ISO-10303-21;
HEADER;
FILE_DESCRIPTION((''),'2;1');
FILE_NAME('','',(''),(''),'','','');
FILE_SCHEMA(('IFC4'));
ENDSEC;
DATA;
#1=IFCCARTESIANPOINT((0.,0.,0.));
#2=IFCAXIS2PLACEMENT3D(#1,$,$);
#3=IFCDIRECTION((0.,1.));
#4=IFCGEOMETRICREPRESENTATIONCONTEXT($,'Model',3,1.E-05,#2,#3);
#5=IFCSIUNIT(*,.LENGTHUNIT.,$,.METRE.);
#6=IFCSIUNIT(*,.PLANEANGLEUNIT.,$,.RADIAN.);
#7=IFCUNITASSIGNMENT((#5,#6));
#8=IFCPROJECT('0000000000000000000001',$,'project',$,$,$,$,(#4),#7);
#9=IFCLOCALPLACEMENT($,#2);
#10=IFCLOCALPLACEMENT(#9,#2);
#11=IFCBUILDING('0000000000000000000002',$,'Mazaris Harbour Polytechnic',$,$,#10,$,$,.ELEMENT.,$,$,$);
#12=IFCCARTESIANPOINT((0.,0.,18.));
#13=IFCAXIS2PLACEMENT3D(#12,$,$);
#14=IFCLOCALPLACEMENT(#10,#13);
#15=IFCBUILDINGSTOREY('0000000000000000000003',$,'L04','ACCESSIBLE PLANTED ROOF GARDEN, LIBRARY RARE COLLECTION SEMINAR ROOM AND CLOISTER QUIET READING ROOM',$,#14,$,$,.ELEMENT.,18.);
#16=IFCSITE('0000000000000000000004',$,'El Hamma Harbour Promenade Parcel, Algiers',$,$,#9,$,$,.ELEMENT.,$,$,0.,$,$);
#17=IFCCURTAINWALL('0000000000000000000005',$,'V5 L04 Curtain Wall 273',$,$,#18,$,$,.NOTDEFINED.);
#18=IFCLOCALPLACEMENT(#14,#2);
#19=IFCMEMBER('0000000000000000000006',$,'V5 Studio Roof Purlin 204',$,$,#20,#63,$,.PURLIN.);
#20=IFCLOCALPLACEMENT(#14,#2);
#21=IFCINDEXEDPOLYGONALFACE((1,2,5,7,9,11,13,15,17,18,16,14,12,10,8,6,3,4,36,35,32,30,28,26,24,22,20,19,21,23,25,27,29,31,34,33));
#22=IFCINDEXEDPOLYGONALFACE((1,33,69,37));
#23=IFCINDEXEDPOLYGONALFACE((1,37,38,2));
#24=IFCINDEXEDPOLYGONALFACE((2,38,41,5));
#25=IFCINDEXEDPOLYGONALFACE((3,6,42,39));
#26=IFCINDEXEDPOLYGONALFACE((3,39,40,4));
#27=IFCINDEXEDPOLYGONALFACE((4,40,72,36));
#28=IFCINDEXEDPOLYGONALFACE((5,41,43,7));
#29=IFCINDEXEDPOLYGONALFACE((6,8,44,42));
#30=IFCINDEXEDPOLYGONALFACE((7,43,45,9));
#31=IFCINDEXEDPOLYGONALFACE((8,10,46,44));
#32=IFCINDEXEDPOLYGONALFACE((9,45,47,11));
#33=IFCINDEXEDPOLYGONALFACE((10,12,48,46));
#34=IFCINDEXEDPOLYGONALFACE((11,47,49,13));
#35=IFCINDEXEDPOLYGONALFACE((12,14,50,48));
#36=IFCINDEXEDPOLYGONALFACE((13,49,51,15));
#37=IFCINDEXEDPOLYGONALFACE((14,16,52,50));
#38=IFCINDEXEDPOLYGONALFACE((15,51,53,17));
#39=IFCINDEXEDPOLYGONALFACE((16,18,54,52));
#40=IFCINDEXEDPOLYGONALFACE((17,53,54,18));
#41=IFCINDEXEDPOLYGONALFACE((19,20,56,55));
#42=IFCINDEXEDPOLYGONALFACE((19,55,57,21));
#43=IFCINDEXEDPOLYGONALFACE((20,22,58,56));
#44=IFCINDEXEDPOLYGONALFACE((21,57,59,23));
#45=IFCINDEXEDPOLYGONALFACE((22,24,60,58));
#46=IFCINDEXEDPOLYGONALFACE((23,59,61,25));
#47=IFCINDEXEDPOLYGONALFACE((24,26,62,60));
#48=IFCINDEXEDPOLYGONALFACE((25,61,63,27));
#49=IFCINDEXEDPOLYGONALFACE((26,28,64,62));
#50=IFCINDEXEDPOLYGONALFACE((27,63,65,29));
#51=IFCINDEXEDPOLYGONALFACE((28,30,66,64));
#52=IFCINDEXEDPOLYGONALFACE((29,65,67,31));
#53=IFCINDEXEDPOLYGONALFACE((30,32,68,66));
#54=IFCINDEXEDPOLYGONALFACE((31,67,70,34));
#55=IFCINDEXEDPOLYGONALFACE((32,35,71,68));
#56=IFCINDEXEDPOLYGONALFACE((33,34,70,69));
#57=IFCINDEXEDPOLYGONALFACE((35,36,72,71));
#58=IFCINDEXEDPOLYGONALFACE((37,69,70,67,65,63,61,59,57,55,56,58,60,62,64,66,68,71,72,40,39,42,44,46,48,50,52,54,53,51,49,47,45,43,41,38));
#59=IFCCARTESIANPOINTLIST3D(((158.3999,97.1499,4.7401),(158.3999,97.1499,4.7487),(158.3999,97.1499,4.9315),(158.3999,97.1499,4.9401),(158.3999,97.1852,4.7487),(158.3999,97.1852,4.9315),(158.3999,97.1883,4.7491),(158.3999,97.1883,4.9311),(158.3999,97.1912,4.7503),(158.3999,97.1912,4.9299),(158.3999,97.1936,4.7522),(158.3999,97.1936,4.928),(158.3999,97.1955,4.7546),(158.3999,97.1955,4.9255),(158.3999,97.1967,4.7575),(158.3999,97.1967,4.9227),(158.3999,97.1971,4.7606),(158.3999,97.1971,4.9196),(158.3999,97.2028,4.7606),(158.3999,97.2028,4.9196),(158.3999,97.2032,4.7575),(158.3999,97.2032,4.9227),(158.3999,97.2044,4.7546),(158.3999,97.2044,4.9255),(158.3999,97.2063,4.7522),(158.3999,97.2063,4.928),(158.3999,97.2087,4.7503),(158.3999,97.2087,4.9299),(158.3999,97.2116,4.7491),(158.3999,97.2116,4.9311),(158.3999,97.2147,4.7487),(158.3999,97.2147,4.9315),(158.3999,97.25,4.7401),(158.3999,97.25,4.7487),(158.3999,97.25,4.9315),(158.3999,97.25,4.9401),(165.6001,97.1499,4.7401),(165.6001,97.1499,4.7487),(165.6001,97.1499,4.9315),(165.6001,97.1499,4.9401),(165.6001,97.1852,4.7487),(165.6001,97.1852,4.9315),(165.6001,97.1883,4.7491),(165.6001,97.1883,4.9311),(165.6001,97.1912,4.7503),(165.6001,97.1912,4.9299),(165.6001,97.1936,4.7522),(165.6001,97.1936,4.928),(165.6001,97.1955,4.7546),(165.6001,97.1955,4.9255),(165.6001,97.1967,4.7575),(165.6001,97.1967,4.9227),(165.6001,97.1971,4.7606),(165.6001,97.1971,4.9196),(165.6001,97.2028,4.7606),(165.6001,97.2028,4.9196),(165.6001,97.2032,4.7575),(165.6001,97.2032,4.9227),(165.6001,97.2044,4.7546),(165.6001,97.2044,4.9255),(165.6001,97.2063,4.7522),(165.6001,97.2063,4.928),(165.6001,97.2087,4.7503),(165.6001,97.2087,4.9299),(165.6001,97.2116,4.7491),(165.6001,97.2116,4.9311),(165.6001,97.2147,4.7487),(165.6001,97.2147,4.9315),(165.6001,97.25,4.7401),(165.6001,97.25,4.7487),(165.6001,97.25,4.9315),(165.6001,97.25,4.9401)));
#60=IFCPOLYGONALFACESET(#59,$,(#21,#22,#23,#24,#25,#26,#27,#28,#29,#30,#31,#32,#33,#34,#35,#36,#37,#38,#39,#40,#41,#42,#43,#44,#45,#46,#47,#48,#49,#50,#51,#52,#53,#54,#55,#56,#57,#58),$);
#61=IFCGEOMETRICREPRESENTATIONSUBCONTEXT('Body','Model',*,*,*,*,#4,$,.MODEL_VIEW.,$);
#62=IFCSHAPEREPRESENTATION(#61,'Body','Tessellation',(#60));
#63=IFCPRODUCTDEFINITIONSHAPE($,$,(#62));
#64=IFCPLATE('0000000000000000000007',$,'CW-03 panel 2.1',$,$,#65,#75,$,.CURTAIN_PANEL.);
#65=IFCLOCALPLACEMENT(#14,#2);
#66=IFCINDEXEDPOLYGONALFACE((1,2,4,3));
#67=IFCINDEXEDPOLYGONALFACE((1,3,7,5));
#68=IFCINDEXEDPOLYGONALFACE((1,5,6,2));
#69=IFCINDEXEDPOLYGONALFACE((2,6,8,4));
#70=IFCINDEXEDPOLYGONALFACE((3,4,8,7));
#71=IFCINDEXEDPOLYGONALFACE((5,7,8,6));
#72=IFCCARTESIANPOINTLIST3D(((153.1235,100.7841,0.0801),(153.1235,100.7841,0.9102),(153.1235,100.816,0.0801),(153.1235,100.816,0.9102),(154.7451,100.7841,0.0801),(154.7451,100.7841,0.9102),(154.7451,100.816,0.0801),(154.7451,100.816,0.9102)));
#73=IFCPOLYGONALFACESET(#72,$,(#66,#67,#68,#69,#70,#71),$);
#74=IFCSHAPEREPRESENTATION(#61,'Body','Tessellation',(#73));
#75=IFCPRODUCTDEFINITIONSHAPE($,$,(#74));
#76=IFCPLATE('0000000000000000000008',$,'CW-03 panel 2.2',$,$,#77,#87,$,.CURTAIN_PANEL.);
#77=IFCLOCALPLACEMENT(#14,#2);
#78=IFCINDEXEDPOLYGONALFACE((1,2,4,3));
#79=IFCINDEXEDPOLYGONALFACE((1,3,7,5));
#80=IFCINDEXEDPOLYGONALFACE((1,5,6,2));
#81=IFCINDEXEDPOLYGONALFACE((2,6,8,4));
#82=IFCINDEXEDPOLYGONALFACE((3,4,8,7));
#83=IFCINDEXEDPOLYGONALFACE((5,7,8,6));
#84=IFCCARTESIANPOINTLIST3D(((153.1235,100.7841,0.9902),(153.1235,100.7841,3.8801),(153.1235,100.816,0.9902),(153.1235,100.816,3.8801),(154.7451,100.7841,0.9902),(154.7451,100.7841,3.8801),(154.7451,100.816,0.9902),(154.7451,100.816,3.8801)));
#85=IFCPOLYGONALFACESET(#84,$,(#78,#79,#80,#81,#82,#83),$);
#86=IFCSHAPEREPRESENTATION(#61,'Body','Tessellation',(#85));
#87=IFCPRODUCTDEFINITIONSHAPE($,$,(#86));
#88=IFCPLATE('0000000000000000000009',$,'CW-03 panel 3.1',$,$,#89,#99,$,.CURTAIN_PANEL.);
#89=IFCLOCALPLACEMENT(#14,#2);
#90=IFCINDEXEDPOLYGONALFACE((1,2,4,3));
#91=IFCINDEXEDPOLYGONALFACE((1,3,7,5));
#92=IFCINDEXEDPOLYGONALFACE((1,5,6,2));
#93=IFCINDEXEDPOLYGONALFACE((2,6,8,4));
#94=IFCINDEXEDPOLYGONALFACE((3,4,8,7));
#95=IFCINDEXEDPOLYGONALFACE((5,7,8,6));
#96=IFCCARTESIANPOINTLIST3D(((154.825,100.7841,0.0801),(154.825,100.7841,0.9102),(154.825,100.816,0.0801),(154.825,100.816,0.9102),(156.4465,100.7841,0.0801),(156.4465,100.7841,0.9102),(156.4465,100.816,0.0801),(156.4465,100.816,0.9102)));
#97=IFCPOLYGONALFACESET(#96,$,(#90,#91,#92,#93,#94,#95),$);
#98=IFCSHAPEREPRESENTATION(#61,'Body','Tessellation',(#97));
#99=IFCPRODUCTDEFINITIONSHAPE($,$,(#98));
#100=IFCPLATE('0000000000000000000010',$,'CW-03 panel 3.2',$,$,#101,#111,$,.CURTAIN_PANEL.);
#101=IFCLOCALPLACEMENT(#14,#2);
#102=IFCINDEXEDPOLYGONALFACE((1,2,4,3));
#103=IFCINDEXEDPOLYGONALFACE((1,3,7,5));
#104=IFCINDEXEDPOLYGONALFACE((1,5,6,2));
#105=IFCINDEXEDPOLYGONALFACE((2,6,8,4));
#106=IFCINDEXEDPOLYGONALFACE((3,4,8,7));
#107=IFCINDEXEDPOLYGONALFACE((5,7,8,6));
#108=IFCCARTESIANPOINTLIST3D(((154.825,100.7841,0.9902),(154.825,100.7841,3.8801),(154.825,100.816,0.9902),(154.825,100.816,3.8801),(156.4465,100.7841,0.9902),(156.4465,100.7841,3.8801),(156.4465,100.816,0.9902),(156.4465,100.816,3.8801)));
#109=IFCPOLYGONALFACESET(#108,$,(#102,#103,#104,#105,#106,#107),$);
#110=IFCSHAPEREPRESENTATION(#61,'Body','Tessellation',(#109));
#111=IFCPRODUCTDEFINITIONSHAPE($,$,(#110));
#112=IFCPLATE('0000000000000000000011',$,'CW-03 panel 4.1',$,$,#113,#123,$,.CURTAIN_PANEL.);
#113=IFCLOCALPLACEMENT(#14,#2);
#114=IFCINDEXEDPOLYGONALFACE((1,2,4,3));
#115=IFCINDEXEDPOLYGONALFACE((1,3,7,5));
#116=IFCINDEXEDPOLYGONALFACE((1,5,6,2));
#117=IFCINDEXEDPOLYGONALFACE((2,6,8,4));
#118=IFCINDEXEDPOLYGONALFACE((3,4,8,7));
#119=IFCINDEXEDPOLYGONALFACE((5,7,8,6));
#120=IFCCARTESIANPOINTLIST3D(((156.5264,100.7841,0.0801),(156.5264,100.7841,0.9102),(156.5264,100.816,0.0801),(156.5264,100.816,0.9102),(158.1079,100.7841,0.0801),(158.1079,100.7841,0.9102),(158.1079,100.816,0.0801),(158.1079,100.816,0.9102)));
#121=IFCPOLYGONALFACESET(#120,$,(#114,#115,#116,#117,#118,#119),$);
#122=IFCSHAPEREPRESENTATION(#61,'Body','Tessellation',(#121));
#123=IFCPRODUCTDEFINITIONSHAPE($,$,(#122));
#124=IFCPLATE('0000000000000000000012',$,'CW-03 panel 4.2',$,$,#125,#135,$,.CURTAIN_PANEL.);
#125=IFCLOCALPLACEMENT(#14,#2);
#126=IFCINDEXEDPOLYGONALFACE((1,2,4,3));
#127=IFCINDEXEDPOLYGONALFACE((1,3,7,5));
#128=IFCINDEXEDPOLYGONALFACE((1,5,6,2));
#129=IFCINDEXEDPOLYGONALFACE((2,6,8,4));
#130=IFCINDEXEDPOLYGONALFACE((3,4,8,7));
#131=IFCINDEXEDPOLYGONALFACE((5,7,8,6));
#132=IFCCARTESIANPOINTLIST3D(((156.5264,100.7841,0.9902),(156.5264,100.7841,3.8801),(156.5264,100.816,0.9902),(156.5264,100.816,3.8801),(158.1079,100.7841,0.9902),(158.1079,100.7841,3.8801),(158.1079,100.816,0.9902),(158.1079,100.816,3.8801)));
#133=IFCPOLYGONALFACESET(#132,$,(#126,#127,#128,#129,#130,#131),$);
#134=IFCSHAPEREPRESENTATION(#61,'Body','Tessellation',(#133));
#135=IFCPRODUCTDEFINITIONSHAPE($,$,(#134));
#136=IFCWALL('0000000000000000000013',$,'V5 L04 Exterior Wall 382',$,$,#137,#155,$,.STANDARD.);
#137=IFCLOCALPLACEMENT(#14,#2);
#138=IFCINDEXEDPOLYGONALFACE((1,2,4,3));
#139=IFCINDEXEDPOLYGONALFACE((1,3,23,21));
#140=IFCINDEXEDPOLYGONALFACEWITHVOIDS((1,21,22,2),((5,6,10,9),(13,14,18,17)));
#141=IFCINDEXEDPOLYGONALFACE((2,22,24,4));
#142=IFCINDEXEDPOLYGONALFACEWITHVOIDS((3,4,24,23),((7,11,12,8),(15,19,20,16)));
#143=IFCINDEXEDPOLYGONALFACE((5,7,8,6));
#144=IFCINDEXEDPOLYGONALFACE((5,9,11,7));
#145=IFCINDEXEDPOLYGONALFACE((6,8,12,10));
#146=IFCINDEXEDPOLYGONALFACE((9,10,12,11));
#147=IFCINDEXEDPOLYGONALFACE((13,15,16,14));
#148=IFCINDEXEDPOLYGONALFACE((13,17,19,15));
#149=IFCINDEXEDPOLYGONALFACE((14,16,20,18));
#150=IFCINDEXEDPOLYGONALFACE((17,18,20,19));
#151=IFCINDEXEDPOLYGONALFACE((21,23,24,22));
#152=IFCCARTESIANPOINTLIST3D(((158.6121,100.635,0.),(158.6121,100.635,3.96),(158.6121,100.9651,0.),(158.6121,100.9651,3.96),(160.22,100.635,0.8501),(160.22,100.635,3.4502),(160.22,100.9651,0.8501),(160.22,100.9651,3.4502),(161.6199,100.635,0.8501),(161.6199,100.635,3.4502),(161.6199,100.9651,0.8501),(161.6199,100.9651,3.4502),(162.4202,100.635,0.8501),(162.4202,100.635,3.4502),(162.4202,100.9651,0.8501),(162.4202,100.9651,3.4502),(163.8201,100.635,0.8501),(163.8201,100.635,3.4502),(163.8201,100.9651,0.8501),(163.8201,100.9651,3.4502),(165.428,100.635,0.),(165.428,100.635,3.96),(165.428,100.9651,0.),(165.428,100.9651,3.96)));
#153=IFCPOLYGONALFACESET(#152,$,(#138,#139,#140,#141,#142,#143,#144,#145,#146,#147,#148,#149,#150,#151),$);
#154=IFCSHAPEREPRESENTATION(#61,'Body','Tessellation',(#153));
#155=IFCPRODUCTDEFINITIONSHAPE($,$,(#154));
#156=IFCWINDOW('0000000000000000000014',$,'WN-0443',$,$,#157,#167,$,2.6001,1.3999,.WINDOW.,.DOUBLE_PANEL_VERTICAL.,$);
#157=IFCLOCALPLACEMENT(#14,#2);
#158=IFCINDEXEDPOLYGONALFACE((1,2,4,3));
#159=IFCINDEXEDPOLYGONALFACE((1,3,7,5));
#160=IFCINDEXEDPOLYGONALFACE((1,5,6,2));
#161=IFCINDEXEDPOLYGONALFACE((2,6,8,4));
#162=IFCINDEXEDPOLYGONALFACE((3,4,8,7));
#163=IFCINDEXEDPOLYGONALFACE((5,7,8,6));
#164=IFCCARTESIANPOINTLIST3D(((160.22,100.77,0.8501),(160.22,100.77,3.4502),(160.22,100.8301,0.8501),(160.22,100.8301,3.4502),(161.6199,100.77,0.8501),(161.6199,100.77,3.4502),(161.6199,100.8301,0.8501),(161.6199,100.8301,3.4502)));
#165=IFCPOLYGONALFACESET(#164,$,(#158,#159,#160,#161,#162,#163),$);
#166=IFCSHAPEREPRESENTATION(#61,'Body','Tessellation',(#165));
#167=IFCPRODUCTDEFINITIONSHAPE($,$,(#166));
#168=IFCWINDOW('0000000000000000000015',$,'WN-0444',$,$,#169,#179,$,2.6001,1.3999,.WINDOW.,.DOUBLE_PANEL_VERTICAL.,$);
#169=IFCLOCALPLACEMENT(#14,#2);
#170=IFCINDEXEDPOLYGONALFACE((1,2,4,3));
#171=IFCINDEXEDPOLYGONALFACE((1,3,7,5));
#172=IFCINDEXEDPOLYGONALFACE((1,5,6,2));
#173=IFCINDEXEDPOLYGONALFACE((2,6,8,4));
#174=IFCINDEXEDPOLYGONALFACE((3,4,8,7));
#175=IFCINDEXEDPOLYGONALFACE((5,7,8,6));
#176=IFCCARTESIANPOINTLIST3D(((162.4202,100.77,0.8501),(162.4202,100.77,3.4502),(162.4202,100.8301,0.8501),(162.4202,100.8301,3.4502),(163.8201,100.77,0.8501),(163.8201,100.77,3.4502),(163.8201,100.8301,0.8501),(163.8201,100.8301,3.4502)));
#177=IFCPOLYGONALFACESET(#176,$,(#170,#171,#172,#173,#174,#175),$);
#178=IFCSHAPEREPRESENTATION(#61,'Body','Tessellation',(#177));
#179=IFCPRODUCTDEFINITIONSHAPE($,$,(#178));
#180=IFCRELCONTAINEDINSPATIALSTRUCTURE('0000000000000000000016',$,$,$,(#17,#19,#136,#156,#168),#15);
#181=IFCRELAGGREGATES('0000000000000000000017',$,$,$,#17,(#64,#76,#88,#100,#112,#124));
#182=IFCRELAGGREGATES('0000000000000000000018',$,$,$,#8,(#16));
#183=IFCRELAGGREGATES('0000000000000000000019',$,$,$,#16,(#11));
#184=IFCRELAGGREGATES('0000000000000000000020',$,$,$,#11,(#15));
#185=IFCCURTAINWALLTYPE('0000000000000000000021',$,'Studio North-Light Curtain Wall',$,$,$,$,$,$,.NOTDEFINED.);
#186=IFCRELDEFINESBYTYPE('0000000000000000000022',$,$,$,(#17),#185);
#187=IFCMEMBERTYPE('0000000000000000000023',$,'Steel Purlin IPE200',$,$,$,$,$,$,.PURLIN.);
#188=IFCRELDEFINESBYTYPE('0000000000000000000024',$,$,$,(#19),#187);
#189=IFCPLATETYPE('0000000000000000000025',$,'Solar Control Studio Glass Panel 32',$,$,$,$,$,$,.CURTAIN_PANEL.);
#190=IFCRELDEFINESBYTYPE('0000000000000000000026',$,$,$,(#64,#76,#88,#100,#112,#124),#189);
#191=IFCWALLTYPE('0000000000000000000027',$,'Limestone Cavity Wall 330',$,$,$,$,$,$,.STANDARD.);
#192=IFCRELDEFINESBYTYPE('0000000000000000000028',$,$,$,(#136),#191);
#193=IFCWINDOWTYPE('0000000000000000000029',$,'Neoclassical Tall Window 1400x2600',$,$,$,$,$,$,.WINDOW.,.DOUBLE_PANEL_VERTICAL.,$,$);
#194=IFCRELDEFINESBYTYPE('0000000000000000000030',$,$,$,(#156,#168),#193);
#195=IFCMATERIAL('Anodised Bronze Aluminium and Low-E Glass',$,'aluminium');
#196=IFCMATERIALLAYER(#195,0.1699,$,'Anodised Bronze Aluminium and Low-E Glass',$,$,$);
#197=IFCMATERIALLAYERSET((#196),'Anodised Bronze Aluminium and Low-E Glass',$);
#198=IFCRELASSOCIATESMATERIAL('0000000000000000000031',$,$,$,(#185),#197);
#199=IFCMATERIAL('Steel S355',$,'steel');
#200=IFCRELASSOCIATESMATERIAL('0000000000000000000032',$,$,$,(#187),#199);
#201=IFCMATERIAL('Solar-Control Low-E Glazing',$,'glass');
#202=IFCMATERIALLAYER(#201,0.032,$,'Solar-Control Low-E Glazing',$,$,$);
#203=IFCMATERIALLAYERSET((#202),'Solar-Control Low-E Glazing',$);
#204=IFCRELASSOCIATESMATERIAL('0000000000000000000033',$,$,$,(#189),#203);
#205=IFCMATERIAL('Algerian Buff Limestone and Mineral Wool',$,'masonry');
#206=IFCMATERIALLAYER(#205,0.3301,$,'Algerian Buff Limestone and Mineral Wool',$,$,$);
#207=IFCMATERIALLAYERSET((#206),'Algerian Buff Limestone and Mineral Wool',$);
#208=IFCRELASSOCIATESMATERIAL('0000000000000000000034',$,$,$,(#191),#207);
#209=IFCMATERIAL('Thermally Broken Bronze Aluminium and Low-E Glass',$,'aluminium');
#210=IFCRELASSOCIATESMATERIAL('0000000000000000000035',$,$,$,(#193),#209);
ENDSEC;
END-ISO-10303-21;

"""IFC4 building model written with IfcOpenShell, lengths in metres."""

from ifc_helpers import new_model, si_unit, direction, frame, frame_2d, origin, origin_2d, place, context, subcontext, project, spatial, rectangle, i_section, extrude, material, layer, layer_set, material_profile, profile_set, type_object, element, fill, aggregate, save


model = new_model("IFC4")

# Units and contexts
model_context = context("Model", 3, precision=1e-05, world=origin(), true_north=direction((0.0, 1.0)))
body_context = subcontext(model_context, "Body", "Model", "MODEL_VIEW")
ifc_project = project(units=[si_unit("LENGTHUNIT", "METRE"), si_unit("PLANEANGLEUNIT", "RADIAN")], contexts=[model_context])

# Site, building, storey
site_placement = place(None, origin())
site = spatial("IfcSite", under=ifc_project, at=site_placement, Name="El Hamma Harbour Promenade Parcel, Algiers", CompositionType="ELEMENT", RefElevation=0.0)
building_placement = place(site_placement, origin())
building = spatial("IfcBuilding", under=site, at=building_placement, Name="Mazaris Harbour Polytechnic", CompositionType="ELEMENT")
storey_placement = place(building_placement, frame((0.0, 0.0, 18.0)))
storey = spatial("IfcBuildingStorey", under=building, at=storey_placement, Name="L04", Description="ACCESSIBLE PLANTED ROOF GARDEN, LIBRARY RARE COLLECTION SEMINAR ROOM AND CLOISTER QUIET READING ROOM", CompositionType="ELEMENT", Elevation=18.0)

# Curtain wall
ifc_material_1 = material(Name="Anodised Bronze Aluminium and Low-E Glass", Category="aluminium")
ifc_layer_1 = layer(ifc_material_1, 0.1699, Name="Anodised Bronze Aluminium and Low-E Glass")
ifc_layer_set_1 = layer_set([ifc_layer_1], Name="Anodised Bronze Aluminium and Low-E Glass")
curtain_wall_type = type_object("IfcCurtainWallType", Name="Studio North-Light Curtain Wall", PredefinedType="NOTDEFINED", material=ifc_layer_set_1)
curtain_wall_placement = place(storey_placement, origin())
curtain_wall = element("IfcCurtainWall", 1, at=curtain_wall_placement, inside=storey, type_object=curtain_wall_type, Name="V5 L04 Curtain Wall 273", PredefinedType="NOTDEFINED")

# Member
ifc_material_2 = material(Name="Steel S355", Category="steel")
ifc_material_profile_1 = material_profile(ifc_material_2, i_section(OverallWidth=0.1001, OverallDepth=0.2, WebThickness=0.0056, FlangeThickness=0.0085, FilletRadius=0.012, at=origin_2d()), Name="IPE 200")
ifc_profile_set_1 = profile_set([ifc_material_profile_1], Name="Steel S355")
member_type_1 = type_object("IfcMemberType", Name="Steel Purlin IPE200", PredefinedType="PURLIN", material=ifc_profile_set_1)
member_1_placement = place(storey_placement, frame((158.3999, 97.2, 4.8401), z_axis=(1.0, 0.0, 0.0), x_axis=(0.0, 1.0, 0.0)))
element("IfcMember", 2, at=member_1_placement, inside=storey, type_object=member_type_1, Name="V5 Studio Roof Purlin 204", PredefinedType="PURLIN", context=body_context, shape_type="SweptSolid", body=[
    extrude(i_section(OverallWidth=0.1001, OverallDepth=0.2, WebThickness=0.0056, FlangeThickness=0.0085, FilletRadius=0.012, at=origin_2d()), origin(), (0.0, 0.0, 1.0), 7.2002),
])

# Plates
ifc_material_3 = material(Name="Solar-Control Low-E Glazing", Category="glass")
ifc_layer_2 = layer(ifc_material_3, 0.032, Name="Solar-Control Low-E Glazing")
ifc_layer_set_2 = layer_set([ifc_layer_2], Name="Solar-Control Low-E Glazing")
plate_type = type_object("IfcPlateType", Name="Solar Control Studio Glass Panel 32", PredefinedType="CURTAIN_PANEL", material=ifc_layer_set_2)
plate_1_placement = place(storey_placement, frame((153.9343, 100.8, 0.0801), z_axis=(0.0, 0.0, 1.0), x_axis=(1.0, 0.0, 0.0)))
plate_1 = element("IfcPlate", 3, at=plate_1_placement, type_object=plate_type, Name="CW-03 panel 2.1", PredefinedType="CURTAIN_PANEL", context=body_context, shape_type="SweptSolid", body=[
    extrude(rectangle(XDim=1.6216, YDim=0.032, at=origin_2d()), origin(), (0.0, 0.0, 1.0), 0.8301),
])
plate_2_placement = place(storey_placement, frame((153.9343, 100.8, 0.9902), z_axis=(0.0, 0.0, 1.0), x_axis=(1.0, 0.0, 0.0)))
plate_2 = element("IfcPlate", 4, at=plate_2_placement, type_object=plate_type, Name="CW-03 panel 2.2", PredefinedType="CURTAIN_PANEL", context=body_context, shape_type="SweptSolid", body=[
    extrude(rectangle(XDim=1.6216, YDim=0.032, at=origin_2d()), origin(), (0.0, 0.0, 1.0), 2.8899),
])
plate_3_placement = place(storey_placement, frame((155.6357, 100.8, 0.0801), z_axis=(0.0, 0.0, 1.0), x_axis=(1.0, 0.0, 0.0)))
plate_3 = element("IfcPlate", 5, at=plate_3_placement, type_object=plate_type, Name="CW-03 panel 3.1", PredefinedType="CURTAIN_PANEL", context=body_context, shape_type="SweptSolid", body=[
    extrude(rectangle(XDim=1.6216, YDim=0.032, at=origin_2d()), origin(), (0.0, 0.0, 1.0), 0.8301),
])
plate_4_placement = place(storey_placement, frame((155.6357, 100.8, 0.9902), z_axis=(0.0, 0.0, 1.0), x_axis=(1.0, 0.0, 0.0)))
plate_4 = element("IfcPlate", 6, at=plate_4_placement, type_object=plate_type, Name="CW-03 panel 3.2", PredefinedType="CURTAIN_PANEL", context=body_context, shape_type="SweptSolid", body=[
    extrude(rectangle(XDim=1.6216, YDim=0.032, at=origin_2d()), origin(), (0.0, 0.0, 1.0), 2.8899),
])
plate_5_placement = place(storey_placement, frame((157.3171, 100.8, 0.0801), z_axis=(0.0, 0.0, 1.0), x_axis=(1.0, 0.0, 0.0)))
plate_5 = element("IfcPlate", 7, at=plate_5_placement, type_object=plate_type, Name="CW-03 panel 4.1", PredefinedType="CURTAIN_PANEL", context=body_context, shape_type="SweptSolid", body=[
    extrude(rectangle(XDim=1.5815, YDim=0.032, at=origin_2d()), origin(), (0.0, 0.0, 1.0), 0.8301),
])
plate_6_placement = place(storey_placement, frame((157.3171, 100.8, 0.9902), z_axis=(0.0, 0.0, 1.0), x_axis=(1.0, 0.0, 0.0)))
plate_6 = element("IfcPlate", 8, at=plate_6_placement, type_object=plate_type, Name="CW-03 panel 4.2", PredefinedType="CURTAIN_PANEL", context=body_context, shape_type="SweptSolid", body=[
    extrude(rectangle(XDim=1.5815, YDim=0.032, at=origin_2d()), origin(), (0.0, 0.0, 1.0), 2.8899),
])
aggregate(curtain_wall, [plate_1, plate_2, plate_3, plate_4, plate_5, plate_6])

# Wall, openings, windows
ifc_material_4 = material(Name="Algerian Buff Limestone and Mineral Wool", Category="masonry")
ifc_layer_3 = layer(ifc_material_4, 0.3301, Name="Algerian Buff Limestone and Mineral Wool")
ifc_layer_set_3 = layer_set([ifc_layer_3], Name="Algerian Buff Limestone and Mineral Wool")
wall_type = type_object("IfcWallType", Name="Limestone Cavity Wall 330", PredefinedType="STANDARD", material=ifc_layer_set_3)
wall_placement = place(storey_placement, frame((158.6121, 100.8, 0.0), z_axis=(0.0, 0.0, 1.0), x_axis=(1.0, 0.0, 0.0)))
wall = element("IfcWall", 9, at=wall_placement, inside=storey, type_object=wall_type, Name="V5 L04 Exterior Wall 382", PredefinedType="STANDARD", context=body_context, shape_type="SweptSolid", body=[
    extrude(rectangle(XDim=6.8159, YDim=0.3301, at=frame_2d((3.408, 0.0))), origin(), (0.0, 0.0, 1.0), 3.96),
])
opening_1_placement = place(wall_placement, frame((1.6079, 0.0, 0.8501)))
opening_1 = element("IfcOpeningElement", 10, at=opening_1_placement, cuts=wall, PredefinedType="OPENING", context=body_context, shape_type="SweptSolid", body=[
    extrude(rectangle(XDim=1.3999, YDim=2.6001, at=frame_2d((0.7, 1.3))), frame((0.0, 0.175, 0.0), z_axis=(0.0, -1.0, 0.0), x_axis=(1.0, 0.0, 0.0)), (0.0, 0.0, 1.0), 0.3501),
])
opening_2_placement = place(wall_placement, frame((3.8081, 0.0, 0.8501)))
opening_2 = element("IfcOpeningElement", 11, at=opening_2_placement, cuts=wall, PredefinedType="OPENING", context=body_context, shape_type="SweptSolid", body=[
    extrude(rectangle(XDim=1.3999, YDim=2.6001, at=frame_2d((0.7, 1.3))), frame((0.0, 0.175, 0.0), z_axis=(0.0, -1.0, 0.0), x_axis=(1.0, 0.0, 0.0)), (0.0, 0.0, 1.0), 0.3501),
])
ifc_material_5 = material(Name="Thermally Broken Bronze Aluminium and Low-E Glass", Category="aluminium")
window_type = type_object("IfcWindowType", Name="Neoclassical Tall Window 1400x2600", PartitioningType="DOUBLE_PANEL_VERTICAL", PredefinedType="WINDOW", material=ifc_material_5)
window_1_placement = place(opening_1_placement, origin())
window_1 = element("IfcWindow", 12, at=window_1_placement, inside=storey, type_object=window_type, Name="WN-0443", OverallHeight=2.6001, OverallWidth=1.3999, PartitioningType="DOUBLE_PANEL_VERTICAL", PredefinedType="WINDOW", context=body_context, shape_type="SweptSolid", body=[
    extrude(rectangle(XDim=1.3999, YDim=2.6001, at=frame_2d((0.7, 1.3))), frame((0.0, 0.03, 0.0), z_axis=(0.0, -1.0, 0.0), x_axis=(1.0, 0.0, 0.0)), (0.0, 0.0, 1.0), 0.0601),
])
fill(opening_1, window_1)
window_2_placement = place(opening_2_placement, origin())
window_2 = element("IfcWindow", 13, at=window_2_placement, inside=storey, type_object=window_type, Name="WN-0444", OverallHeight=2.6001, OverallWidth=1.3999, PartitioningType="DOUBLE_PANEL_VERTICAL", PredefinedType="WINDOW", context=body_context, shape_type="SweptSolid", body=[
    extrude(rectangle(XDim=1.3999, YDim=2.6001, at=frame_2d((0.7, 1.3))), frame((0.0, 0.03, 0.0), z_axis=(0.0, -1.0, 0.0), x_axis=(1.0, 0.0, 0.0)), (0.0, 0.0, 1.0), 0.0601),
])
fill(opening_2, window_2)

save(model, "model.ifc")
